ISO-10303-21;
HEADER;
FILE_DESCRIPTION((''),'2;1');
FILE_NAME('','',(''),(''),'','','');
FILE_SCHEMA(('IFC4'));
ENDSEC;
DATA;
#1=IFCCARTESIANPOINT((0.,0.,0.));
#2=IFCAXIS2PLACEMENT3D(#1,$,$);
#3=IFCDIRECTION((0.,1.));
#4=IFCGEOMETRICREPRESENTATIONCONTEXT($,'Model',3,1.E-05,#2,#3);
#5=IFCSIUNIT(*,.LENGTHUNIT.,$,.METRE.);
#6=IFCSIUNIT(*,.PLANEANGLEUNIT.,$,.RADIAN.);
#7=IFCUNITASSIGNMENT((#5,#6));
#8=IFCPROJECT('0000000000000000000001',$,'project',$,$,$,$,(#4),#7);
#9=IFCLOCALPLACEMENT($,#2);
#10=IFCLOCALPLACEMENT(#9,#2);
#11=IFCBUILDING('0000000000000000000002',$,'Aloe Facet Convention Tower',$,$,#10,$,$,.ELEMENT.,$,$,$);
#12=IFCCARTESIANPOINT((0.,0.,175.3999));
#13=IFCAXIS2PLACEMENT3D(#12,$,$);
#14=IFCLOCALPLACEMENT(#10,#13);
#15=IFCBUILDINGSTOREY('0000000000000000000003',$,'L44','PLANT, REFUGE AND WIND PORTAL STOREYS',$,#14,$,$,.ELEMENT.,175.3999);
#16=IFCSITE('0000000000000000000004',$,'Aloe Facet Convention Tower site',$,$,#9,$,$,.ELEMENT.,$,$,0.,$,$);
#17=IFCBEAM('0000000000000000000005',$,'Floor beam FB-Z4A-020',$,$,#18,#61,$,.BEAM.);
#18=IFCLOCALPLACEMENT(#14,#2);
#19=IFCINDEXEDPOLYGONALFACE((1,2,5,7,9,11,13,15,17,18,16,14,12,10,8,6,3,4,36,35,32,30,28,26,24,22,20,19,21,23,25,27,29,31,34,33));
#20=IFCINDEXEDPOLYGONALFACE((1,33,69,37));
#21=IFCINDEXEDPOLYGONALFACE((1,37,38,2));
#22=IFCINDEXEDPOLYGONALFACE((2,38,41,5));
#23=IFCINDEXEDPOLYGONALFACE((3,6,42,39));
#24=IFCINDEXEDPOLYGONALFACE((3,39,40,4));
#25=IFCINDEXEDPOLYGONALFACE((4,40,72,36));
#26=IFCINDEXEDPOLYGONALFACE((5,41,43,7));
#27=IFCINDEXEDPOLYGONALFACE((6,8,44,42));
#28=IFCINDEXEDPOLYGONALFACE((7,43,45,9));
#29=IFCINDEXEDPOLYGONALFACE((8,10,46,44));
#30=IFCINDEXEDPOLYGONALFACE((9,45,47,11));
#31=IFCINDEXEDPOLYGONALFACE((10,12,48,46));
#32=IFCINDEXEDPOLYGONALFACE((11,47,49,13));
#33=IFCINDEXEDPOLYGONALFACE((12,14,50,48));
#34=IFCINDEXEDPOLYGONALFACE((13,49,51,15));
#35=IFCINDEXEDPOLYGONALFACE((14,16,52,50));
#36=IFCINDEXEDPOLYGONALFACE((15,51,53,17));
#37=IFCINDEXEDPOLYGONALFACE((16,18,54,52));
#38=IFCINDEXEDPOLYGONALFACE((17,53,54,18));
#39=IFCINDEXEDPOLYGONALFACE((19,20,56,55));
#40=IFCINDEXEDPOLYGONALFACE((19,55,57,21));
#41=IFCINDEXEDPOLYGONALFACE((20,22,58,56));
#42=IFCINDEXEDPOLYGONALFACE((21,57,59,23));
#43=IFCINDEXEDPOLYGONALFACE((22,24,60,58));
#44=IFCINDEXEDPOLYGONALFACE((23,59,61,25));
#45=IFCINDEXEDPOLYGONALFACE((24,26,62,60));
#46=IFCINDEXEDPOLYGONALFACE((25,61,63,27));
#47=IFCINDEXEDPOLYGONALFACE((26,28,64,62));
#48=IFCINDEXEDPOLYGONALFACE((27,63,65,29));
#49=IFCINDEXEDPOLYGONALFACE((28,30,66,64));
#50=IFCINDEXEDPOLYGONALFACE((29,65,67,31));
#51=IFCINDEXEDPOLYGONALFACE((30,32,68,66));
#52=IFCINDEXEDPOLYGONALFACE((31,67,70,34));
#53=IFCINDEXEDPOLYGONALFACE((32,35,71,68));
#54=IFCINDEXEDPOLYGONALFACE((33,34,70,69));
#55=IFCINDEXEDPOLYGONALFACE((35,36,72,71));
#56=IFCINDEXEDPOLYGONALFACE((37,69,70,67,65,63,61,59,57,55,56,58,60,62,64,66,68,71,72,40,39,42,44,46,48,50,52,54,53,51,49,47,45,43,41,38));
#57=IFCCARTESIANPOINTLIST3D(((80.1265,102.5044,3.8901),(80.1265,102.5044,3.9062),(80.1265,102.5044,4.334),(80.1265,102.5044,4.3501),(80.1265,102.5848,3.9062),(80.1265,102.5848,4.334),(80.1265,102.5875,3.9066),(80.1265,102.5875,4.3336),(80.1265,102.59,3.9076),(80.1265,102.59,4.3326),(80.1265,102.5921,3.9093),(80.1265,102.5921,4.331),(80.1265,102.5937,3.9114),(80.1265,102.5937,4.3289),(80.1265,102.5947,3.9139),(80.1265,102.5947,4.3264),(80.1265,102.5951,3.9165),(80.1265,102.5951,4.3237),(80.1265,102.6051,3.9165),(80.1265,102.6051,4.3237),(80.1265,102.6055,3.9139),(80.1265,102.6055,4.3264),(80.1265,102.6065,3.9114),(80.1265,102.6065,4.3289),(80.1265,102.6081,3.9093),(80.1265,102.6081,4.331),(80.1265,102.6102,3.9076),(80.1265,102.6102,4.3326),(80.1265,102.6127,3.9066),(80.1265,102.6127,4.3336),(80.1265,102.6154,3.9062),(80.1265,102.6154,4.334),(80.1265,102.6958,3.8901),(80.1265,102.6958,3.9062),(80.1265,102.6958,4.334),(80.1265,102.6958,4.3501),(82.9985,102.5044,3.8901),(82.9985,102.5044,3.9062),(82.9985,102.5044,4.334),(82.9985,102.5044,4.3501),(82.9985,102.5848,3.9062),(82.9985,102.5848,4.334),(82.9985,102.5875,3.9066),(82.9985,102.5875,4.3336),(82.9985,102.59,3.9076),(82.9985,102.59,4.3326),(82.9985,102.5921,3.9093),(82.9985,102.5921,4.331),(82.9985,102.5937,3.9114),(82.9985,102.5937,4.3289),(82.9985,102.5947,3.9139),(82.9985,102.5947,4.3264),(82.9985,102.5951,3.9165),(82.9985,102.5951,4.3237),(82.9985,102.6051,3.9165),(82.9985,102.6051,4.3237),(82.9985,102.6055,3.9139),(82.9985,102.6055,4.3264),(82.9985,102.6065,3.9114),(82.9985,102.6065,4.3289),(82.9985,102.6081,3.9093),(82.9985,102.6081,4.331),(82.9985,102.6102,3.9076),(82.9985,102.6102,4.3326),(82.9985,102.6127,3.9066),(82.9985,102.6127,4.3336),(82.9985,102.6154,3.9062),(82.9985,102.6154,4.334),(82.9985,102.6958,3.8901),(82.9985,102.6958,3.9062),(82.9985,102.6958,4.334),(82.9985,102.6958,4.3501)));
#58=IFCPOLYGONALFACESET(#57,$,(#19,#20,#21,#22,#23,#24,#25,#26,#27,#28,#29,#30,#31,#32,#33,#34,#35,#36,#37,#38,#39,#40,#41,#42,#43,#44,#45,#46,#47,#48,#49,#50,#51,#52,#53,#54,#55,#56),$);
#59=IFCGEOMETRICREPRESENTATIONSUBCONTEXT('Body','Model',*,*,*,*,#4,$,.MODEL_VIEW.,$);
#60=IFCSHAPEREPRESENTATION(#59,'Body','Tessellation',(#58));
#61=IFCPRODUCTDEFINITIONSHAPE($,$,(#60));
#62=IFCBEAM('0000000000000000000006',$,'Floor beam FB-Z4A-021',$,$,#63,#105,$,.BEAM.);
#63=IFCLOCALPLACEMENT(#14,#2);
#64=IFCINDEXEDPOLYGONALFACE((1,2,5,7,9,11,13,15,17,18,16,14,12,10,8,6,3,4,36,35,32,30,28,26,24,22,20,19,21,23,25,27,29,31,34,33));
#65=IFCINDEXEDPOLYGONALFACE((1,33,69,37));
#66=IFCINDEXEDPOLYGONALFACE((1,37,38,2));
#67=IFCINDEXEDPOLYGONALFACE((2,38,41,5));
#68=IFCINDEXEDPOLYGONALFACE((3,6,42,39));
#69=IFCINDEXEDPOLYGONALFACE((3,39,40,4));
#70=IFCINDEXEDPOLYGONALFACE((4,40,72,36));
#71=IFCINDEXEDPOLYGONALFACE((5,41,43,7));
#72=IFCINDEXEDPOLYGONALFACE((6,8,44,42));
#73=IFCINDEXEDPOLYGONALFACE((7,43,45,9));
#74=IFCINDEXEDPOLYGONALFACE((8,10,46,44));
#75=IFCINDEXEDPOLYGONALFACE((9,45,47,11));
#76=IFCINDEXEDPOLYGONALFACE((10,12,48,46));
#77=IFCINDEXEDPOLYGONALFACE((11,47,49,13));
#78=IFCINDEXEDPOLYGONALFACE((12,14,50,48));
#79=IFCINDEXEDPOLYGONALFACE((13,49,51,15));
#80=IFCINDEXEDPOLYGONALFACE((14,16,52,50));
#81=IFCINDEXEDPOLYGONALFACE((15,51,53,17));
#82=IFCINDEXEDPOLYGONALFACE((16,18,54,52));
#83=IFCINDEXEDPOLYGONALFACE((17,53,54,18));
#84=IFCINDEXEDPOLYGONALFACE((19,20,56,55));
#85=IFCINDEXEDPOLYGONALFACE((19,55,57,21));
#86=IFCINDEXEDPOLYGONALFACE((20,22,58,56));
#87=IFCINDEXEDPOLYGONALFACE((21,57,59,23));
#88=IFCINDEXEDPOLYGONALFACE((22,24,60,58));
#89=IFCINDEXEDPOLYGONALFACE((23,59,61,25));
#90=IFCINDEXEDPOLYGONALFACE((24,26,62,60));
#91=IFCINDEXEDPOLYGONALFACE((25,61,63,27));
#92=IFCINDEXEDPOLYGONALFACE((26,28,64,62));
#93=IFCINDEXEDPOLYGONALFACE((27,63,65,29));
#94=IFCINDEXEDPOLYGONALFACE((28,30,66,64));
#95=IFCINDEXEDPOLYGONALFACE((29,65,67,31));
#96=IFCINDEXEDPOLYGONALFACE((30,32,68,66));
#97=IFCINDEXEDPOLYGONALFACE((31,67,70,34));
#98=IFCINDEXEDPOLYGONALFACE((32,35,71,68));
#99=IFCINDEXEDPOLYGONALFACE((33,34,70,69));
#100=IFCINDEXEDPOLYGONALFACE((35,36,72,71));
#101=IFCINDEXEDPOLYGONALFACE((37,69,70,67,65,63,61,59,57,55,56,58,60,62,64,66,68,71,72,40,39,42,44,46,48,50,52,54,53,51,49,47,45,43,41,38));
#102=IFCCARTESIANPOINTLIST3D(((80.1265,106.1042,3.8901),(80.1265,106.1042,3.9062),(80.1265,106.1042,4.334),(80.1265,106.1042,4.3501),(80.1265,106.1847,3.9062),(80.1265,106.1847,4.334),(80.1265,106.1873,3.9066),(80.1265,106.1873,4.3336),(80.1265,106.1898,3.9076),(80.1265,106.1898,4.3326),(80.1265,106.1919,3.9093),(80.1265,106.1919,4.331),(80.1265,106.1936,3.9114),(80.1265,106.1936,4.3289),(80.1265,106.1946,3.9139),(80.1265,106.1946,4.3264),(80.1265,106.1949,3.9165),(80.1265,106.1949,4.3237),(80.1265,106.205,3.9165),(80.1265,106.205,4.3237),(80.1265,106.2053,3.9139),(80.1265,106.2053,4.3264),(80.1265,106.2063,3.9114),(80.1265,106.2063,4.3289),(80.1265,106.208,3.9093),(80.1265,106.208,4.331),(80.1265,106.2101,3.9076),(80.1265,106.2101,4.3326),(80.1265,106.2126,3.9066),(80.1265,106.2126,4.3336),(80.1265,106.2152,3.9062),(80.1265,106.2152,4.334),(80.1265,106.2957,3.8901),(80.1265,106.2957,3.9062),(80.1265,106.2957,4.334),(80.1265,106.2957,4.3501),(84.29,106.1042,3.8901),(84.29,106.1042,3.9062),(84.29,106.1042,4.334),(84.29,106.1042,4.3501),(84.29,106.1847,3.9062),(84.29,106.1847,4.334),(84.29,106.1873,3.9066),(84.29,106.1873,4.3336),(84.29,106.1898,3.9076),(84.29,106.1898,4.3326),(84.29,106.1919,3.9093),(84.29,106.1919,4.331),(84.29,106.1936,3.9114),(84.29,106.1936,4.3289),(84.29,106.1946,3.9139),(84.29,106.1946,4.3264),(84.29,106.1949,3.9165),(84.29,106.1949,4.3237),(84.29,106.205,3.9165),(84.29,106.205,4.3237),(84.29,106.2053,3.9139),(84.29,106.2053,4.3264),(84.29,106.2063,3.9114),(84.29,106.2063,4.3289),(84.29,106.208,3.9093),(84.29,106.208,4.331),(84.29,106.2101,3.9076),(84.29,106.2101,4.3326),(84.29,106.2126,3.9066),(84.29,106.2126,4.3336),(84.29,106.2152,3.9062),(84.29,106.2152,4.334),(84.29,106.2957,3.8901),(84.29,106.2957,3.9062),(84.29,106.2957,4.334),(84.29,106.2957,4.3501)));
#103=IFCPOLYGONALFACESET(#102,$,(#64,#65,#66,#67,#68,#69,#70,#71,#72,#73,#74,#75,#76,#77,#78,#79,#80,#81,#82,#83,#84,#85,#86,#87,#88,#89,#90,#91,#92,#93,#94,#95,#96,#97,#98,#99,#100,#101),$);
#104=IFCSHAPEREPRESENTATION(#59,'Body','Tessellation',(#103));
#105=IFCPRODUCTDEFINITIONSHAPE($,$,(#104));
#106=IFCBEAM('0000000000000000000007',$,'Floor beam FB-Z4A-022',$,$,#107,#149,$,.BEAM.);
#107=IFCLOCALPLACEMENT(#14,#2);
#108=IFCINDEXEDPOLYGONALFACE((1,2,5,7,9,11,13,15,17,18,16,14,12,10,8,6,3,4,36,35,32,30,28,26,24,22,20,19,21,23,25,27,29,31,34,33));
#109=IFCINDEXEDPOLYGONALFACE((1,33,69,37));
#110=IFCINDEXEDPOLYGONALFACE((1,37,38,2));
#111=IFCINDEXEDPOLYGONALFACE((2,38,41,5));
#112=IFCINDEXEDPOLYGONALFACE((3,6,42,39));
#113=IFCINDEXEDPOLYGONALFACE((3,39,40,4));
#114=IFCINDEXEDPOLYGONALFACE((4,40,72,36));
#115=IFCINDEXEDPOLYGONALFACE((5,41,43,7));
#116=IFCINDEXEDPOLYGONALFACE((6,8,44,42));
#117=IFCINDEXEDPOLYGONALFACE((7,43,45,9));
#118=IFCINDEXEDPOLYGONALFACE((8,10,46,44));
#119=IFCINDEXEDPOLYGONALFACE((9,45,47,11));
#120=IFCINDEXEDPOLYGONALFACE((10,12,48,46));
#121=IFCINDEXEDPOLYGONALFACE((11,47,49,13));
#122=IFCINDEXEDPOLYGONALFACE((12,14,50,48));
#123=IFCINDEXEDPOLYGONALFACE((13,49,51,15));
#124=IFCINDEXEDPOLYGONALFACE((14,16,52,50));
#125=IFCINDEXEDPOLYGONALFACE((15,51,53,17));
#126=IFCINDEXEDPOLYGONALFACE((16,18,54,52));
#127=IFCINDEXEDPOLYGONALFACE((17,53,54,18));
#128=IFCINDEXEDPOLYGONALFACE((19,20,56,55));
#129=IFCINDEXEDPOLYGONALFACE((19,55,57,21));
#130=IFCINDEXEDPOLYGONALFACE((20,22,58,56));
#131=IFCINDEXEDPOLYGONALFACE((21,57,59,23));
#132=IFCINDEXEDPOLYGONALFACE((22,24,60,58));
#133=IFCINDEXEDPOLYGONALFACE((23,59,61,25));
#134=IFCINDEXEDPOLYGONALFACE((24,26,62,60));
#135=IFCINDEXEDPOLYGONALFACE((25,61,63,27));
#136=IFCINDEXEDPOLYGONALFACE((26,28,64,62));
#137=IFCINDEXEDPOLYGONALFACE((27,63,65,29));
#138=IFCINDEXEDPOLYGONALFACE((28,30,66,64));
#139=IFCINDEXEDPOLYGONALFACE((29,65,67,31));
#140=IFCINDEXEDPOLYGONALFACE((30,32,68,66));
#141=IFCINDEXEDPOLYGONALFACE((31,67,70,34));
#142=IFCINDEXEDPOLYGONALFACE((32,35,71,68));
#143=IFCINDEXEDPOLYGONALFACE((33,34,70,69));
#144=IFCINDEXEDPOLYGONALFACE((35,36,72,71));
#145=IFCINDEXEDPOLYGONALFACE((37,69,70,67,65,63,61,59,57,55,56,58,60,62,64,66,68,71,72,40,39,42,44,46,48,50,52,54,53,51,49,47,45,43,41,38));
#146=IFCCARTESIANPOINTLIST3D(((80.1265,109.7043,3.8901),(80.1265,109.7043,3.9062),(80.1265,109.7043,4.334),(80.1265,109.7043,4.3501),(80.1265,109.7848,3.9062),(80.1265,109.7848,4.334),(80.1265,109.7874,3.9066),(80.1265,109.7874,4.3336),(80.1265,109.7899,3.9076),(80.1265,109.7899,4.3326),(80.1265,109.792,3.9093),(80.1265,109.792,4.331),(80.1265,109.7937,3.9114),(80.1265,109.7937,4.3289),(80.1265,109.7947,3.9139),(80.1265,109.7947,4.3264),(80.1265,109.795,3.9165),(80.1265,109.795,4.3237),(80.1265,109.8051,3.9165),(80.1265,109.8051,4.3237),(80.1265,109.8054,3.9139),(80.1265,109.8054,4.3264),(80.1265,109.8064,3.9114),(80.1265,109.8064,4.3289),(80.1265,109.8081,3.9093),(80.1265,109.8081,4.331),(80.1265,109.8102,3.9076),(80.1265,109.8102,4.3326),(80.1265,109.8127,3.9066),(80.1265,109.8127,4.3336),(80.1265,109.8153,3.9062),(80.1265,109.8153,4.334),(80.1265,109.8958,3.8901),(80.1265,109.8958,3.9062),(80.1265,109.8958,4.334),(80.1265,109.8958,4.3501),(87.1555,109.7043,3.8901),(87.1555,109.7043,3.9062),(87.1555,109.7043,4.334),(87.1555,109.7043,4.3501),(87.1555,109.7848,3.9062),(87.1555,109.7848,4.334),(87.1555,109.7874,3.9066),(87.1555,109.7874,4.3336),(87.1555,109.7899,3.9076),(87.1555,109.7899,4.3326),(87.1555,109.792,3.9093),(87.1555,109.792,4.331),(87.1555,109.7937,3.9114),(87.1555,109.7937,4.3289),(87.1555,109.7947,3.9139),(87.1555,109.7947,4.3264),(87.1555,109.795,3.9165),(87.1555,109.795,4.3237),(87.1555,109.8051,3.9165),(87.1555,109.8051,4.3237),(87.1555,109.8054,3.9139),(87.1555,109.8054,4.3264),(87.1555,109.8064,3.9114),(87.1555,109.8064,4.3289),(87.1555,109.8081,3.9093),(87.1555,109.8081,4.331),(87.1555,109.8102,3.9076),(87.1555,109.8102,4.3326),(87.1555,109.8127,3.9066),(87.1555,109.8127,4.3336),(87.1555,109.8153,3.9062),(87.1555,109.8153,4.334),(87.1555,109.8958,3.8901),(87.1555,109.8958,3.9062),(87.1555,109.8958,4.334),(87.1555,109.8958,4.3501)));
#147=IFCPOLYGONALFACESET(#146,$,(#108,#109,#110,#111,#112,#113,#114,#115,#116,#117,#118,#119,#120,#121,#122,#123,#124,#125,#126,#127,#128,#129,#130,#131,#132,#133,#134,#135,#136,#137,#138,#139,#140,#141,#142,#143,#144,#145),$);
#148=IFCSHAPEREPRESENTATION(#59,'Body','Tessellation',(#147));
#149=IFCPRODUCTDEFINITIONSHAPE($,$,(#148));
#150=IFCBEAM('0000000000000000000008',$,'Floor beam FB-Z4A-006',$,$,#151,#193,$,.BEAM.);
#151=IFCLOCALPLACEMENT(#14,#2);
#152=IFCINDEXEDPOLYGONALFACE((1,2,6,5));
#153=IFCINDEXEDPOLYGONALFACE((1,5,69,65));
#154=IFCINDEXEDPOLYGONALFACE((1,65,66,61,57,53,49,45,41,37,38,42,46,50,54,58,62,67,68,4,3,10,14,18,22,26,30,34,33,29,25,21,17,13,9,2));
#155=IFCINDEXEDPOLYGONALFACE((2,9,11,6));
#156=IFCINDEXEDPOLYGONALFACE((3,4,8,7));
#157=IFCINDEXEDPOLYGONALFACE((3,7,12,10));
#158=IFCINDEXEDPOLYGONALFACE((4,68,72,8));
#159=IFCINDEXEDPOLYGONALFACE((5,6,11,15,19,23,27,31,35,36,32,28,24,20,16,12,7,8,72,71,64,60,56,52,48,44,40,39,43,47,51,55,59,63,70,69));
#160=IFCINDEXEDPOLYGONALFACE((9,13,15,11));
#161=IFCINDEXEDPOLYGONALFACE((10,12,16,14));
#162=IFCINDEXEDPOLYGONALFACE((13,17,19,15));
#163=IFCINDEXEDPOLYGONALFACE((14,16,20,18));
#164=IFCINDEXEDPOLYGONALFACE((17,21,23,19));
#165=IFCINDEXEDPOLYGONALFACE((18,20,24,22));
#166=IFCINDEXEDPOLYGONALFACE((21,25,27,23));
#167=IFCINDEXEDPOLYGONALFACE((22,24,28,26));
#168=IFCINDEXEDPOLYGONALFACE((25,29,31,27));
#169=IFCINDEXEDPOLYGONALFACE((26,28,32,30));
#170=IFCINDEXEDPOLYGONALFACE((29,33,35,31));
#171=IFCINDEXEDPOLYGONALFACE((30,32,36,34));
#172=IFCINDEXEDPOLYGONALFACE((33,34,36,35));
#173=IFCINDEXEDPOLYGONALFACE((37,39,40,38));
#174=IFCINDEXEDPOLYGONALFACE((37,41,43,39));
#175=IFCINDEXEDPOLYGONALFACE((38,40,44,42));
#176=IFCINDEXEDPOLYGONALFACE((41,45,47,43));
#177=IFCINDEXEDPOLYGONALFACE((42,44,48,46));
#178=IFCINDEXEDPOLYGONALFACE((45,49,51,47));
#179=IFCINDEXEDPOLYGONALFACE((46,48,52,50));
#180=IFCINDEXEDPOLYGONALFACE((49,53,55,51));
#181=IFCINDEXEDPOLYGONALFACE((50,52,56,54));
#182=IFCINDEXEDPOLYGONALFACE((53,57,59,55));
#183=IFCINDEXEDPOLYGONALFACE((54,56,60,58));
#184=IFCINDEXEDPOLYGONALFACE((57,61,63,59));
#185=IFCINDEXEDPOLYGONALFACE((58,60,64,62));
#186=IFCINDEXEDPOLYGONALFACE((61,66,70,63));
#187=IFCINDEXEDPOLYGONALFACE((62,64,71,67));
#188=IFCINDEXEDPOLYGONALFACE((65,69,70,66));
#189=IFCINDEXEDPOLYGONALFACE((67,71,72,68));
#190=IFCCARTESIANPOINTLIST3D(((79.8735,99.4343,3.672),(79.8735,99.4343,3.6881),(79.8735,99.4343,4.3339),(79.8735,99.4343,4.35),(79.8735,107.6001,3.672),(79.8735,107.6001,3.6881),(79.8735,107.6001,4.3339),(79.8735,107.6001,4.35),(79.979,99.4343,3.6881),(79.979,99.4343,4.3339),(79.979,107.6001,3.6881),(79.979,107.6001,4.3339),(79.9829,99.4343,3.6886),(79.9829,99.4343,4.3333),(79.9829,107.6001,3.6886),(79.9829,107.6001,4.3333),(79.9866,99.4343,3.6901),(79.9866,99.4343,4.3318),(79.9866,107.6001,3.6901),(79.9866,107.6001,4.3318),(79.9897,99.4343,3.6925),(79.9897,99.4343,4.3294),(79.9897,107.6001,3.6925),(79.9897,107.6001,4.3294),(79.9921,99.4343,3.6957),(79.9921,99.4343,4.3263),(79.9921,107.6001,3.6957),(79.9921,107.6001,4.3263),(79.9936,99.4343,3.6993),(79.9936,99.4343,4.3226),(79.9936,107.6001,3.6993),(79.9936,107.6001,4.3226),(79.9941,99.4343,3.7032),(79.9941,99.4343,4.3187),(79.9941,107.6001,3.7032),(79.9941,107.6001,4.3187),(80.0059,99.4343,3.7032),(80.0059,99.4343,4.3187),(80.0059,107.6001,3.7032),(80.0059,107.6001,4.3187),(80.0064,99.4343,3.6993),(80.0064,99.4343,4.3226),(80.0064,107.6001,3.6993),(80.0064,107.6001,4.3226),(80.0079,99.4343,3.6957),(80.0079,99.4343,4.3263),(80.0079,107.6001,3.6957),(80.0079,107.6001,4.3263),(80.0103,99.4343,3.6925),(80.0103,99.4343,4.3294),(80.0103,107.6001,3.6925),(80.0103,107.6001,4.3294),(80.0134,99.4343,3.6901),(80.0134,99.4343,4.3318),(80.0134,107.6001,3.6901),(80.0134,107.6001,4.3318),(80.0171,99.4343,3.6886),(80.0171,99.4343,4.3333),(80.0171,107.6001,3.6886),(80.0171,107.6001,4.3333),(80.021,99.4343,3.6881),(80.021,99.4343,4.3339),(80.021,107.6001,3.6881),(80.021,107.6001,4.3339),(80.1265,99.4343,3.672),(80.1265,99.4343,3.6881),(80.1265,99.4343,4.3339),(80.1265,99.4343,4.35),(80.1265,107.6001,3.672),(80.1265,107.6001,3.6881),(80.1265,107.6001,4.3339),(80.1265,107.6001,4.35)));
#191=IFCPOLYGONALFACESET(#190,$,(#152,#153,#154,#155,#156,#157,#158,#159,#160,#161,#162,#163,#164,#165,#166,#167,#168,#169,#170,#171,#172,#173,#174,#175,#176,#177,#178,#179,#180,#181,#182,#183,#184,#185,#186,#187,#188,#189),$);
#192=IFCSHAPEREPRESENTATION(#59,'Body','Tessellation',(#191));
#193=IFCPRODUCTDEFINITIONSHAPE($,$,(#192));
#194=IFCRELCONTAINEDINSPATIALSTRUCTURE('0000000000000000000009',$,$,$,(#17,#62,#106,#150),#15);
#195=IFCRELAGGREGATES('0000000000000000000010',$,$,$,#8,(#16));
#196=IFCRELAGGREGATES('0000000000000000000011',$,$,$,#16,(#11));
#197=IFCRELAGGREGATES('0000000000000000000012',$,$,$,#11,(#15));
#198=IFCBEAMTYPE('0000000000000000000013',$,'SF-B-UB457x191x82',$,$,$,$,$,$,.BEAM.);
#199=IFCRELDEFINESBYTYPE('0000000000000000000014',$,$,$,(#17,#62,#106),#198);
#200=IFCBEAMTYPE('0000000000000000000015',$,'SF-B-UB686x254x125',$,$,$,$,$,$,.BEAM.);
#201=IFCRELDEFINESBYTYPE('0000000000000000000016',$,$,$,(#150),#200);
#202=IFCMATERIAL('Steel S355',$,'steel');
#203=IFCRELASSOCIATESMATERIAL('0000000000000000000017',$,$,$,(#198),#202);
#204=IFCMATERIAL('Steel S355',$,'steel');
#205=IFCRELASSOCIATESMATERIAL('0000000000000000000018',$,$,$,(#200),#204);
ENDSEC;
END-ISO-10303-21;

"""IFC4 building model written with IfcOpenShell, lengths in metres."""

from ifc_helpers import new_model, si_unit, direction, frame, origin, origin_2d, place, context, subcontext, project, spatial, i_section, extrude, material, material_profile, profile_set, type_object, element, save


model = new_model("IFC4")

# Units and contexts
model_context = context("Model", 3, precision=1e-05, world=origin(), true_north=direction((0.0, 1.0)))
body_context = subcontext(model_context, "Body", "Model", "MODEL_VIEW")
ifc_project = project(units=[si_unit("LENGTHUNIT", "METRE"), si_unit("PLANEANGLEUNIT", "RADIAN")], contexts=[model_context])

# Site, building, storey
site_placement = place(None, origin())
site = spatial("IfcSite", under=ifc_project, at=site_placement, Name="Aloe Facet Convention Tower site", CompositionType="ELEMENT", RefElevation=0.0)
building_placement = place(site_placement, origin())
building = spatial("IfcBuilding", under=site, at=building_placement, Name="Aloe Facet Convention Tower", CompositionType="ELEMENT")
storey_placement = place(building_placement, frame((0.0, 0.0, 175.3999)))
storey = spatial("IfcBuildingStorey", under=building, at=storey_placement, Name="L44", Description="PLANT, REFUGE AND WIND PORTAL STOREYS", CompositionType="ELEMENT", Elevation=175.3999)

# Beams
ifc_material_1 = material(Name="Steel S355", Category="steel")
ifc_material_profile_1 = material_profile(ifc_material_1, i_section(OverallWidth=0.1914, OverallDepth=0.46, WebThickness=0.01, FlangeThickness=0.0161, FilletRadius=0.0103, at=origin_2d()), Name="UB 457x191x82")
ifc_profile_set_1 = profile_set([ifc_material_profile_1], Name="Steel S355")
beam_type_1 = type_object("IfcBeamType", Name="SF-B-UB457x191x82", PredefinedType="BEAM", material=ifc_profile_set_1)
for number, where, z_axis, x_axis, name in (
    (1, (80.1265, 102.6001, 4.1201), (1.0, 0.0, 0.0), (0.0, 1.0, 0.0), "Floor beam FB-Z4A-020"),
):
    element("IfcBeam", number, at=place(storey_placement, frame(where, z_axis=z_axis, x_axis=x_axis)), inside=storey, type_object=beam_type_1, Name=name, PredefinedType="BEAM", context=body_context, shape_type="SweptSolid", body=[
        extrude(i_section(OverallWidth=0.1914, OverallDepth=0.46, WebThickness=0.01, FlangeThickness=0.0161, FilletRadius=0.0103, at=origin_2d()), origin(), (0.0, 0.0, 1.0), 2.8721),
    ])
beam_1_placement = place(storey_placement, frame((80.1265, 106.2, 4.1201), z_axis=(1.0, 0.0, 0.0), x_axis=(0.0, 1.0, 0.0)))
element("IfcBeam", 2, at=beam_1_placement, inside=storey, type_object=beam_type_1, Name="Floor beam FB-Z4A-021", PredefinedType="BEAM", context=body_context, shape_type="SweptSolid", body=[
    extrude(i_section(OverallWidth=0.1914, OverallDepth=0.46, WebThickness=0.01, FlangeThickness=0.0161, FilletRadius=0.0103, at=origin_2d()), origin(), (0.0, 0.0, 1.0), 4.1636),
])
beam_2_placement = place(storey_placement, frame((80.1265, 109.8, 4.1201), z_axis=(1.0, 0.0, 0.0), x_axis=(0.0, 1.0, 0.0)))
element("IfcBeam", 3, at=beam_2_placement, inside=storey, type_object=beam_type_1, Name="Floor beam FB-Z4A-022", PredefinedType="BEAM", context=body_context, shape_type="SweptSolid", body=[
    extrude(i_section(OverallWidth=0.1914, OverallDepth=0.46, WebThickness=0.01, FlangeThickness=0.0161, FilletRadius=0.0103, at=origin_2d()), origin(), (0.0, 0.0, 1.0), 7.0291),
])
ifc_material_2 = material(Name="Steel S355", Category="steel")
ifc_material_profile_2 = material_profile(ifc_material_2, i_section(OverallWidth=0.2529, OverallDepth=0.678, WebThickness=0.0117, FlangeThickness=0.0161, FilletRadius=0.0151, at=origin_2d()), Name="UB 686x254x125")
ifc_profile_set_2 = profile_set([ifc_material_profile_2], Name="Steel S355")
beam_type_2 = type_object("IfcBeamType", Name="SF-B-UB686x254x125", PredefinedType="BEAM", material=ifc_profile_set_2)
beam_3_placement = place(storey_placement, frame((80.0, 107.6001, 4.011), z_axis=(0.0, -1.0, 0.0), x_axis=(1.0, 0.0, 0.0)))
element("IfcBeam", 4, at=beam_3_placement, inside=storey, type_object=beam_type_2, Name="Floor beam FB-Z4A-006", PredefinedType="BEAM", context=body_context, shape_type="SweptSolid", body=[
    extrude(i_section(OverallWidth=0.2529, OverallDepth=0.678, WebThickness=0.0117, FlangeThickness=0.0161, FilletRadius=0.0151, at=origin_2d()), origin(), (0.0, 0.0, 1.0), 8.1658),
])

save(model, "model.ifc")
